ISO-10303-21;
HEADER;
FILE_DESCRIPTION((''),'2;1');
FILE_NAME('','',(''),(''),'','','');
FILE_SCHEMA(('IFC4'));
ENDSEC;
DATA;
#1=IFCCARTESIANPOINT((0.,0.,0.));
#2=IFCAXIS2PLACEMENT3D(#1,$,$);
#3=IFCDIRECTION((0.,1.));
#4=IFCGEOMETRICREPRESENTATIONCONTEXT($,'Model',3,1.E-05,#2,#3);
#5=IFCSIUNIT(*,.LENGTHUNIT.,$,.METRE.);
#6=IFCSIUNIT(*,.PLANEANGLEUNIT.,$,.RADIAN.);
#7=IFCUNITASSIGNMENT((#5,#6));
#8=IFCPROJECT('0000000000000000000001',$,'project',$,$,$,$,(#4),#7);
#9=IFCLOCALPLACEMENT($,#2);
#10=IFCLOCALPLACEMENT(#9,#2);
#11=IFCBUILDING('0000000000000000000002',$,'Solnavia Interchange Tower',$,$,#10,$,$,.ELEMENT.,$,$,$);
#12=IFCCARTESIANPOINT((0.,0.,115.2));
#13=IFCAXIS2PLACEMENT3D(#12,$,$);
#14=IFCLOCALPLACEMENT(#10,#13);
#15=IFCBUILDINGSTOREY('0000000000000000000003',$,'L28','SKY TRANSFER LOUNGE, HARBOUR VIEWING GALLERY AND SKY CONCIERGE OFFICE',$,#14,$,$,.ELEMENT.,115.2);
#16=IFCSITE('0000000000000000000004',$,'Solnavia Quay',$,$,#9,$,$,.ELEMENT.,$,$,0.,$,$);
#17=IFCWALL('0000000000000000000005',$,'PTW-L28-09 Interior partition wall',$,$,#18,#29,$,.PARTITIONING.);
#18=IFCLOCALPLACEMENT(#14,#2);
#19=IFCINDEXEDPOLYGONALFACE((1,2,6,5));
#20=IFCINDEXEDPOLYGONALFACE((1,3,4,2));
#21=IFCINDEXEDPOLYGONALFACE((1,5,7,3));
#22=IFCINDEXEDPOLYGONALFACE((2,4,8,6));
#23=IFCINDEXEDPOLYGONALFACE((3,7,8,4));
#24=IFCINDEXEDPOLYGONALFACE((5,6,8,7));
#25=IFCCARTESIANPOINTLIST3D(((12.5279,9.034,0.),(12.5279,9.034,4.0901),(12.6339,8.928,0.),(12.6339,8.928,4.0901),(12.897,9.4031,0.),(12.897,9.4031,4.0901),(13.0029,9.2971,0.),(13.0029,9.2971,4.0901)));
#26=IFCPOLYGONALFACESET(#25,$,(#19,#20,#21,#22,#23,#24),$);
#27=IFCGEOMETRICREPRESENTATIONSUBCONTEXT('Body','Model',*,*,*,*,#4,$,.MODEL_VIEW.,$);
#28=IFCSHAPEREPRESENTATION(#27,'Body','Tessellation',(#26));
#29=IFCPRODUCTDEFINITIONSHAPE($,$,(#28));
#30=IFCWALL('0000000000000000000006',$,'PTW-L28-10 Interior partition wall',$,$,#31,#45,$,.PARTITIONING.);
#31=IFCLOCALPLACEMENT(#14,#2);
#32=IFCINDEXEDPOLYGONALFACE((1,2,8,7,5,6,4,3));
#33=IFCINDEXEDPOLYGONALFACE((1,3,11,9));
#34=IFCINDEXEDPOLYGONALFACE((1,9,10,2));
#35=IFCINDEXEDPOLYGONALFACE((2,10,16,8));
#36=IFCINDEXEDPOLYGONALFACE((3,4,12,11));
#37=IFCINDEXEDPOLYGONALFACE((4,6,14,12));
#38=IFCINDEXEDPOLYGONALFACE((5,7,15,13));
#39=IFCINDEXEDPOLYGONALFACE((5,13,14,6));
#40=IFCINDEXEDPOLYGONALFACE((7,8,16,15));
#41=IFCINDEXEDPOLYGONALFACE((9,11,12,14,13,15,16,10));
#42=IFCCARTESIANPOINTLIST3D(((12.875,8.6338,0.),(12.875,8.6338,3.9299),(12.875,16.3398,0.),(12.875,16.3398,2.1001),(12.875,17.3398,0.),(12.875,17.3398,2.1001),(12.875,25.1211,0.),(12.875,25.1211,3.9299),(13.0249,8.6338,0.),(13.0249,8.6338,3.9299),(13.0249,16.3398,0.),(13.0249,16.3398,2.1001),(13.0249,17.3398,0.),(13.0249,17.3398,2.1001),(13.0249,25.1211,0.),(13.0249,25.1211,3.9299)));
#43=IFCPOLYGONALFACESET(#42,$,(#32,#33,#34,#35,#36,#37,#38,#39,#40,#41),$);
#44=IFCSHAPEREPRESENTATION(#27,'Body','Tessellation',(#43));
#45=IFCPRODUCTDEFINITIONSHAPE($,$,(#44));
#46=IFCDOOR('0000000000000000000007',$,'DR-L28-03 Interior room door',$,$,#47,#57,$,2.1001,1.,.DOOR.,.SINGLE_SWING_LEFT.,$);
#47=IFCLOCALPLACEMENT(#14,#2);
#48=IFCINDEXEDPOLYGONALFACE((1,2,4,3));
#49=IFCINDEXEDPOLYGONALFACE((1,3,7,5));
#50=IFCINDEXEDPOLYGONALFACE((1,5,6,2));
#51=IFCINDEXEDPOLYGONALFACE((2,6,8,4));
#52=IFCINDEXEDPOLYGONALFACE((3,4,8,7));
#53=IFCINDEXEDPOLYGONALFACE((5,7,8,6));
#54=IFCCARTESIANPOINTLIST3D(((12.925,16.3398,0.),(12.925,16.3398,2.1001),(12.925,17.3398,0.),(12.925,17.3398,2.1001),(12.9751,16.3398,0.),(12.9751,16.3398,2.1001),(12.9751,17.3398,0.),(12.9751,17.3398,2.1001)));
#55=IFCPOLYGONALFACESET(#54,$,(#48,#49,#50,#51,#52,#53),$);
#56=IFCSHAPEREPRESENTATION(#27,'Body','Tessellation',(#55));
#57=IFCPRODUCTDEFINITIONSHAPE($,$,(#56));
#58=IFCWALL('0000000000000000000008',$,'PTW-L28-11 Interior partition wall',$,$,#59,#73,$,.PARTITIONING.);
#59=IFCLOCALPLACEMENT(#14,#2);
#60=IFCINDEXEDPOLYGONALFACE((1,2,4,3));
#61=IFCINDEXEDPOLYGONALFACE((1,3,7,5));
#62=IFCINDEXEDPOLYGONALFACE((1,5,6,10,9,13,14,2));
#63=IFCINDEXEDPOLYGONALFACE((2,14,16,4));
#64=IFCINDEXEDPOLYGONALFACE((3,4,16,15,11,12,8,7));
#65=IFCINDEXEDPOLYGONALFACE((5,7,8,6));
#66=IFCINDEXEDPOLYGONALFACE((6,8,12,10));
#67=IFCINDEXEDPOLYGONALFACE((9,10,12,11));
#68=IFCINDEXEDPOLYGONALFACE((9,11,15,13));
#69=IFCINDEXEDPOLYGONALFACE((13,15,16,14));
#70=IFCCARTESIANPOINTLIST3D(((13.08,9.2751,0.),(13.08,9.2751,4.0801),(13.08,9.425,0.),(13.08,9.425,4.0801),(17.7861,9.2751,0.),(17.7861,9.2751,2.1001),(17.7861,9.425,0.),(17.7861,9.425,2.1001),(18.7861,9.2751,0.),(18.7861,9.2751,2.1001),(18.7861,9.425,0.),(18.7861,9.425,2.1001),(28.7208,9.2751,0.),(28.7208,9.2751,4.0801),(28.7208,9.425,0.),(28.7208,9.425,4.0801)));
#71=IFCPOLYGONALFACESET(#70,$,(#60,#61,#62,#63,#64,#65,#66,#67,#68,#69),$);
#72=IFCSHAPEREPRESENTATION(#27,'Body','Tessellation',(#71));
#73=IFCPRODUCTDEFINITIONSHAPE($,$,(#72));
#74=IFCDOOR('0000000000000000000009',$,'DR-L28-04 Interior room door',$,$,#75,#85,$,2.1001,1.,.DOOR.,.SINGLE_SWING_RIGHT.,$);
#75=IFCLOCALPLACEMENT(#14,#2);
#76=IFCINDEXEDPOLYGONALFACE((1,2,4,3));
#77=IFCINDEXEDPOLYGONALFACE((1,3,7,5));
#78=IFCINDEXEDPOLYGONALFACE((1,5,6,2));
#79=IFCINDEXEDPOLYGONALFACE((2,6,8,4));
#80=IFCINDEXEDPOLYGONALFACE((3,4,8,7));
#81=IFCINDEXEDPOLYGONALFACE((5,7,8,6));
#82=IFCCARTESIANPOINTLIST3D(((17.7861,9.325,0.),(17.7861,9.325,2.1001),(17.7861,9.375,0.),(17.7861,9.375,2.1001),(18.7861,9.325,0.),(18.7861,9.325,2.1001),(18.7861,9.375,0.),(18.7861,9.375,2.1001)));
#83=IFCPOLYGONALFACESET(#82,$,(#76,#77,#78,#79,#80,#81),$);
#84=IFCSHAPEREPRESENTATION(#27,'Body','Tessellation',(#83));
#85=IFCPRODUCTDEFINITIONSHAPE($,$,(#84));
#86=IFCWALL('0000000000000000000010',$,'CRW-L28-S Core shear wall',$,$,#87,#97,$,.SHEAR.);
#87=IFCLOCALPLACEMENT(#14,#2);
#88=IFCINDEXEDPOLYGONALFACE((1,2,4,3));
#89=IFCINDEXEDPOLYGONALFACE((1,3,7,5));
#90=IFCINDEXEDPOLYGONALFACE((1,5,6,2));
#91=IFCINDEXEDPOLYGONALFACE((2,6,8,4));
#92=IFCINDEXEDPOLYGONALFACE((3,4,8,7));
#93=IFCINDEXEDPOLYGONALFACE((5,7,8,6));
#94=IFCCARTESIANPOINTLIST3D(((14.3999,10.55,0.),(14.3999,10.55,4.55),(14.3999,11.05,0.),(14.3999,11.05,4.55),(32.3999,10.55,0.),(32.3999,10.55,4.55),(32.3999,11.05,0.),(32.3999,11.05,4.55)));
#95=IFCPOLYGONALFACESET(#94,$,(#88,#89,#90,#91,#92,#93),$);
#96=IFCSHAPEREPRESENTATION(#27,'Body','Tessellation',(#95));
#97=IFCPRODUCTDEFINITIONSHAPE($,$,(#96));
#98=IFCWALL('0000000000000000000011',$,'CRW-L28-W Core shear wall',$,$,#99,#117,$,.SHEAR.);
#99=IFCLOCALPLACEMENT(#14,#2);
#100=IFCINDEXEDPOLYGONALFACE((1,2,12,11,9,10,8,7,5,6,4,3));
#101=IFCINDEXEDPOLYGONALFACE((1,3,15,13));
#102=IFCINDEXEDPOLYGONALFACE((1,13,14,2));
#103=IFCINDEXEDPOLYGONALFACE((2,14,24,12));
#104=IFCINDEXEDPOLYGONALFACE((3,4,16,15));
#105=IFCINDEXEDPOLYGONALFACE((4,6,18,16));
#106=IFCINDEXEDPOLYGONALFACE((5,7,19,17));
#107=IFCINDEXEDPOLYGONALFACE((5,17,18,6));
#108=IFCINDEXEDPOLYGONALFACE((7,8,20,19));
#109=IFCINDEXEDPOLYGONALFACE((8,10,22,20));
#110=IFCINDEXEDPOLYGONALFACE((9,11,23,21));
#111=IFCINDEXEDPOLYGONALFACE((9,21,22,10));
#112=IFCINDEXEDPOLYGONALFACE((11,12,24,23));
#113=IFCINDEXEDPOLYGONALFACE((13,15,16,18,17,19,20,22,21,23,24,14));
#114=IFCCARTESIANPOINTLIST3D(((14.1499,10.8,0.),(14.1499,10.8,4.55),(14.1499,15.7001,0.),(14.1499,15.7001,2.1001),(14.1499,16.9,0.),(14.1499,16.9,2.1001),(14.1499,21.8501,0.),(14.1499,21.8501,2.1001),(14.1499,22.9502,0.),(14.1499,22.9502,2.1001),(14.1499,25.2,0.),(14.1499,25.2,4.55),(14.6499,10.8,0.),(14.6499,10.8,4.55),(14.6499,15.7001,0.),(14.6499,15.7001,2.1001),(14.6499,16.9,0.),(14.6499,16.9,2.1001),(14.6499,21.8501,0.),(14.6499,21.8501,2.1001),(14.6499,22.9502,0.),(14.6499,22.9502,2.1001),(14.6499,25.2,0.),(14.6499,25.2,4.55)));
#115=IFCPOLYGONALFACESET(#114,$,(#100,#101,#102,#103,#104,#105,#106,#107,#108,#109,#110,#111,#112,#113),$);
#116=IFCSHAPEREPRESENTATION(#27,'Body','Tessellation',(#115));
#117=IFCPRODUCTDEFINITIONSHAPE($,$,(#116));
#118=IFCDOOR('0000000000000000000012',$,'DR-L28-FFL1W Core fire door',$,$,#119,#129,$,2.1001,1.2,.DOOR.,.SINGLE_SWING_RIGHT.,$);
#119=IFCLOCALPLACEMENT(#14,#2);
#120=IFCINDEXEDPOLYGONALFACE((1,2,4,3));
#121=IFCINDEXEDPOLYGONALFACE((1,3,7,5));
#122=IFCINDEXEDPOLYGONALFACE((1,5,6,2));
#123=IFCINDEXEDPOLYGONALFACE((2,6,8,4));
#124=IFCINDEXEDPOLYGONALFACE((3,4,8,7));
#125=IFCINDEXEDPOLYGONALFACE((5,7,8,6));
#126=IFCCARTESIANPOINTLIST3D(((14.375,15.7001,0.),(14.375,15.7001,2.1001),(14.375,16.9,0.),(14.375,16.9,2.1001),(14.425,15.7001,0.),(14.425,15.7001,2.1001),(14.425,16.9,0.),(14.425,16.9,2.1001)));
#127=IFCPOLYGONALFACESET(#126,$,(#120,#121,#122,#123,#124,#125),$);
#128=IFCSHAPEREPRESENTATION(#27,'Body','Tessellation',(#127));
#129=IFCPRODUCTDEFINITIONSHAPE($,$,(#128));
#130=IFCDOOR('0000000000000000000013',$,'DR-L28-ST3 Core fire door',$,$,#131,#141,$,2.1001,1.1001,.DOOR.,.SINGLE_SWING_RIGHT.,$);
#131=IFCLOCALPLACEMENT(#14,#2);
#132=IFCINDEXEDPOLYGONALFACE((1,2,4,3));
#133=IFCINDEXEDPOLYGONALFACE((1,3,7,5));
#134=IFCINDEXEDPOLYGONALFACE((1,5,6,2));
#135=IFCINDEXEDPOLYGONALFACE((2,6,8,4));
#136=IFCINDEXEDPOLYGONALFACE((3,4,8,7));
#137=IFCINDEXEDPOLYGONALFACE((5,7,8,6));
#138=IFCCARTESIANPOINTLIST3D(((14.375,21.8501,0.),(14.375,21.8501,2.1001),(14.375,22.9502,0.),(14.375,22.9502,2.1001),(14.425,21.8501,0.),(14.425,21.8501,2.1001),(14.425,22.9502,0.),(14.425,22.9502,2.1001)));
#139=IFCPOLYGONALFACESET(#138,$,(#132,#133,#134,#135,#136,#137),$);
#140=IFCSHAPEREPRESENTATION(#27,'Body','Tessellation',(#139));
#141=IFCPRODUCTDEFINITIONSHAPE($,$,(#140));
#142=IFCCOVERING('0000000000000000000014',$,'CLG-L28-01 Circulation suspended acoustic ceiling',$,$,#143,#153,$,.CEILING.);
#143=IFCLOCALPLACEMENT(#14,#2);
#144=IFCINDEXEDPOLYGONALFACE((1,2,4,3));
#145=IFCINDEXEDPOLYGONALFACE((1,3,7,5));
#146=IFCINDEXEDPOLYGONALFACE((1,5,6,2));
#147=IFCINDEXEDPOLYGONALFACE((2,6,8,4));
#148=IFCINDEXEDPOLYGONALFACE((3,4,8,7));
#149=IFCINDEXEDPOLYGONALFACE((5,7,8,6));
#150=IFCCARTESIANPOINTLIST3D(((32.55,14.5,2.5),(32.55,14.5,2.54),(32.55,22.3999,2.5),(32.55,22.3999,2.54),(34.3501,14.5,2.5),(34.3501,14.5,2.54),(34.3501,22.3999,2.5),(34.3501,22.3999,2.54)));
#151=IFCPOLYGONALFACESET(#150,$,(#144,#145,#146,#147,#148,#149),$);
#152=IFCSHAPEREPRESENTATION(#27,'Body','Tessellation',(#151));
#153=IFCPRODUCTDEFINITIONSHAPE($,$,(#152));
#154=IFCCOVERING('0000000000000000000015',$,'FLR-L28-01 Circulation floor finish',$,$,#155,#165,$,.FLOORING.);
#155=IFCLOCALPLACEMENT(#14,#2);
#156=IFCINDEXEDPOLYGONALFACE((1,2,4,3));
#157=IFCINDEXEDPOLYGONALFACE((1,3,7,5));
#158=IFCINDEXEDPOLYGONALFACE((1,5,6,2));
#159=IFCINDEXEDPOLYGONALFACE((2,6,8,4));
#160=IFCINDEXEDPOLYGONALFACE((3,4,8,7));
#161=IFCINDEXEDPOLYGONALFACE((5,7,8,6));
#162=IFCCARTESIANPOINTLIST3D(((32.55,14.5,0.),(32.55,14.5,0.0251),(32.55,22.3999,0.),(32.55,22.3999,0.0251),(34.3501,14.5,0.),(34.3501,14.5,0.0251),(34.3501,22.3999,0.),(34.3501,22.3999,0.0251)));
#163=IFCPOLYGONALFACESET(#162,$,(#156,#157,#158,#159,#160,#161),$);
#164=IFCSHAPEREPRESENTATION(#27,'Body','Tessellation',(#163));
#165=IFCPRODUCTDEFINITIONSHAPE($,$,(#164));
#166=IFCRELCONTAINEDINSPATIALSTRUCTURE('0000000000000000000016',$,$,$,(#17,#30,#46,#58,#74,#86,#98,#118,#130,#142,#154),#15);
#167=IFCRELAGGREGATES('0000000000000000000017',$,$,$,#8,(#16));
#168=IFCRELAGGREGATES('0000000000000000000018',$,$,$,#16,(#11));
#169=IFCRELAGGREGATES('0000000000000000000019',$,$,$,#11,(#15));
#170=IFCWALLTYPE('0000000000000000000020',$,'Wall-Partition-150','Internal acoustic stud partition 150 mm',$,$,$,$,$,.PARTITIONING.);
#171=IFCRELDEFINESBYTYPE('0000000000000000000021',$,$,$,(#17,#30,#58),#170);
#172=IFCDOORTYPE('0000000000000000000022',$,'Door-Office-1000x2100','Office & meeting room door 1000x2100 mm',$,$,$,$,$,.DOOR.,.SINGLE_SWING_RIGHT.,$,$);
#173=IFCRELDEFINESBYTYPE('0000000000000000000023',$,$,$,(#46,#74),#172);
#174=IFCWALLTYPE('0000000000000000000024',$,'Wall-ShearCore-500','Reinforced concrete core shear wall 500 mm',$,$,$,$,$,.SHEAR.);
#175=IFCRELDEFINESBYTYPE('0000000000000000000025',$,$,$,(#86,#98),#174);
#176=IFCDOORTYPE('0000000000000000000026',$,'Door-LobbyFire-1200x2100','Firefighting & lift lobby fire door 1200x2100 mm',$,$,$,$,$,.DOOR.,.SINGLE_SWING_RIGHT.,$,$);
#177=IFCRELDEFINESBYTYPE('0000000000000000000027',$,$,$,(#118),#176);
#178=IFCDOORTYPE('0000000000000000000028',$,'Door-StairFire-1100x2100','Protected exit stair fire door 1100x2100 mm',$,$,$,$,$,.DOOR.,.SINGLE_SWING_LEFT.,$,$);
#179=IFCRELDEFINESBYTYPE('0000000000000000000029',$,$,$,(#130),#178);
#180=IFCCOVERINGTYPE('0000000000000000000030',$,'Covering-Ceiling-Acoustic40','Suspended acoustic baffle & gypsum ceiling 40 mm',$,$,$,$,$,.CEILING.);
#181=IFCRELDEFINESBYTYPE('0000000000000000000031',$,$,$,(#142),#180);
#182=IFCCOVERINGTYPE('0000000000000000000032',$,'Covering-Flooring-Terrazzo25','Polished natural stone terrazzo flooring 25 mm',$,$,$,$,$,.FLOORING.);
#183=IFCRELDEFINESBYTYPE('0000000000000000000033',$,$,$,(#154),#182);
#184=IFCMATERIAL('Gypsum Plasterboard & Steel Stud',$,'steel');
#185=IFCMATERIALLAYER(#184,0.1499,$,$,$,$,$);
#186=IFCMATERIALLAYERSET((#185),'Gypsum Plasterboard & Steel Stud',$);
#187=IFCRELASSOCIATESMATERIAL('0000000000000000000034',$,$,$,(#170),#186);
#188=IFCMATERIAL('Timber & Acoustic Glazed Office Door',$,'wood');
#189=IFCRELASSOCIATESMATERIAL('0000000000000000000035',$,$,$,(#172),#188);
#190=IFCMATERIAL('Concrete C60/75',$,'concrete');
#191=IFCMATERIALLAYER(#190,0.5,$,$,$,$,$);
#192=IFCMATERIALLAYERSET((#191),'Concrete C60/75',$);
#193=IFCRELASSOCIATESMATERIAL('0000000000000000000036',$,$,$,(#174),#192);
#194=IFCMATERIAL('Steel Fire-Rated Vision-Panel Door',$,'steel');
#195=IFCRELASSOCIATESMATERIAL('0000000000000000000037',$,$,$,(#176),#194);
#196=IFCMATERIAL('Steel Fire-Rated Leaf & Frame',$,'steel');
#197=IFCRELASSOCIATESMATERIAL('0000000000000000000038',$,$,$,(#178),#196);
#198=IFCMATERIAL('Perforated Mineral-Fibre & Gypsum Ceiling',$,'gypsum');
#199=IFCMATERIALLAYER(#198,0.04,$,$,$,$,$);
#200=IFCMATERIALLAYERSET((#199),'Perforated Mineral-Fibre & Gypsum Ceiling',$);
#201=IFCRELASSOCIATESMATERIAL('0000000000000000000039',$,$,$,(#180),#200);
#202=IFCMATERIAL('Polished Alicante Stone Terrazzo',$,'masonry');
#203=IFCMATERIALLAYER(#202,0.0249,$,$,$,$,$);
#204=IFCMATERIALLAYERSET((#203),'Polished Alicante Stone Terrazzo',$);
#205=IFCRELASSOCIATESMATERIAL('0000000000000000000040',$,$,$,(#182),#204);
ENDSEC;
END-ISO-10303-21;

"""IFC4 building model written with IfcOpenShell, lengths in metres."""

from ifc_helpers import new_model, si_unit, direction, frame, frame_2d, origin, place, context, subcontext, project, spatial, polyline, rectangle, outline, extrude, material, layer, layer_set, type_object, element, fill, save


model = new_model("IFC4")

# Units and contexts
model_context = context("Model", 3, precision=1e-05, world=origin(), true_north=direction((0.0, 1.0)))
body_context = subcontext(model_context, "Body", "Model", "MODEL_VIEW")
ifc_project = project(units=[si_unit("LENGTHUNIT", "METRE"), si_unit("PLANEANGLEUNIT", "RADIAN")], contexts=[model_context])

# Site, building, storey
site_placement = place(None, origin())
site = spatial("IfcSite", under=ifc_project, at=site_placement, Name="Solnavia Quay", CompositionType="ELEMENT", RefElevation=0.0)
building_placement = place(site_placement, origin())
building = spatial("IfcBuilding", under=site, at=building_placement, Name="Solnavia Interchange Tower", CompositionType="ELEMENT")
storey_placement = place(building_placement, frame((0.0, 0.0, 115.2)))
storey = spatial("IfcBuildingStorey", under=building, at=storey_placement, Name="L28", Description="SKY TRANSFER LOUNGE, HARBOUR VIEWING GALLERY AND SKY CONCIERGE OFFICE", CompositionType="ELEMENT", Elevation=115.2)

# Shared definitions
ifc_material_1 = material(Name="Concrete C60/75", Category="concrete")

# Wall
ifc_material_2 = material(Name="Gypsum Plasterboard & Steel Stud", Category="steel")
ifc_layer_1 = layer(ifc_material_2, 0.1499)
ifc_layer_set_1 = layer_set([ifc_layer_1], Name="Gypsum Plasterboard & Steel Stud")
wall_type_1 = type_object("IfcWallType", Name="Wall-Partition-150", Description="Internal acoustic stud partition 150 mm", PredefinedType="PARTITIONING", material=ifc_layer_set_1)
wall_1_placement = place(storey_placement, frame((12.95, 9.3501, 0.0), z_axis=(0.0, 0.0, 1.0), x_axis=(-0.707107, -0.707107, 0.0)))
element("IfcWall", 1, at=wall_1_placement, inside=storey, type_object=wall_type_1, Name="PTW-L28-09 Interior partition wall", PredefinedType="PARTITIONING", context=body_context, shape_type="SweptSolid", body=[
    extrude(rectangle(XDim=0.522, YDim=0.1499, at=frame_2d((0.261, 0.0))), origin(), (0.0, 0.0, 1.0), 4.0901),
])

# Walls, openings, doors
wall_2_placement = place(storey_placement, frame((12.95, 8.6338, 0.0), z_axis=(0.0, 0.0, 1.0), x_axis=(0.0, 1.0, 0.0)))
wall_2 = element("IfcWall", 2, at=wall_2_placement, inside=storey, type_object=wall_type_1, Name="PTW-L28-10 Interior partition wall", PredefinedType="PARTITIONING", context=body_context, shape_type="SweptSolid", body=[
    extrude(rectangle(XDim=16.4873, YDim=0.1499, at=frame_2d((8.2437, 0.0))), origin(), (0.0, 0.0, 1.0), 3.9299),
])
opening_1_placement = place(wall_2_placement, frame((7.7061, 0.0, 0.0)))
opening_1 = element("IfcOpeningElement", 3, at=opening_1_placement, cuts=wall_2, PredefinedType="OPENING", context=body_context, shape_type="SweptSolid", body=[
    extrude(rectangle(XDim=1.0, YDim=2.1001, at=frame_2d((0.5, 1.05))), frame((0.0, 0.085, 0.0), z_axis=(0.0, -1.0, 0.0), x_axis=(1.0, 0.0, 0.0)), (0.0, 0.0, 1.0), 0.1699),
])
ifc_material_3 = material(Name="Timber & Acoustic Glazed Office Door", Category="wood")
door_type_1 = type_object("IfcDoorType", Name="Door-Office-1000x2100", Description="Office & meeting room door 1000x2100 mm", OperationType="SINGLE_SWING_RIGHT", PredefinedType="DOOR", material=ifc_material_3)
door_1_placement = place(opening_1_placement, origin())
door_1 = element("IfcDoor", 4, at=door_1_placement, inside=storey, type_object=door_type_1, Name="DR-L28-03 Interior room door", OperationType="SINGLE_SWING_LEFT", OverallHeight=2.1001, OverallWidth=1.0, PredefinedType="DOOR", context=body_context, shape_type="SweptSolid", body=[
    extrude(rectangle(XDim=1.0, YDim=2.1001, at=frame_2d((0.5, 1.05))), frame((0.0, 0.0249, 0.0), z_axis=(0.0, -1.0, 0.0), x_axis=(1.0, 0.0, 0.0)), (0.0, 0.0, 1.0), 0.05),
])
fill(opening_1, door_1)
wall_3_placement = place(storey_placement, frame((13.0801, 9.3501, 0.0), z_axis=(0.0, 0.0, 1.0), x_axis=(1.0, 0.0, 0.0)))
wall_3 = element("IfcWall", 5, at=wall_3_placement, inside=storey, type_object=wall_type_1, Name="PTW-L28-11 Interior partition wall", PredefinedType="PARTITIONING", context=body_context, shape_type="SweptSolid", body=[
    extrude(rectangle(XDim=15.6409, YDim=0.1499, at=frame_2d((7.8203, 0.0))), origin(), (0.0, 0.0, 1.0), 4.0801),
])
opening_2_placement = place(wall_3_placement, frame((4.7061, 0.0, 0.0)))
opening_2 = element("IfcOpeningElement", 6, at=opening_2_placement, cuts=wall_3, PredefinedType="OPENING", context=body_context, shape_type="SweptSolid", body=[
    extrude(rectangle(XDim=1.0, YDim=2.1001, at=frame_2d((0.5, 1.05))), frame((0.0, 0.085, 0.0), z_axis=(0.0, -1.0, 0.0), x_axis=(1.0, 0.0, 0.0)), (0.0, 0.0, 1.0), 0.1699),
])
door_2_placement = place(opening_2_placement, origin())
door_2 = element("IfcDoor", 7, at=door_2_placement, inside=storey, type_object=door_type_1, Name="DR-L28-04 Interior room door", OperationType="SINGLE_SWING_RIGHT", OverallHeight=2.1001, OverallWidth=1.0, PredefinedType="DOOR", context=body_context, shape_type="SweptSolid", body=[
    extrude(rectangle(XDim=1.0, YDim=2.1001, at=frame_2d((0.5, 1.05))), frame((0.0, 0.0249, 0.0), z_axis=(0.0, -1.0, 0.0), x_axis=(1.0, 0.0, 0.0)), (0.0, 0.0, 1.0), 0.05),
])
fill(opening_2, door_2)

# Wall
ifc_layer_2 = layer(ifc_material_1, 0.5)
ifc_layer_set_2 = layer_set([ifc_layer_2], Name="Concrete C60/75")
wall_type_2 = type_object("IfcWallType", Name="Wall-ShearCore-500", Description="Reinforced concrete core shear wall 500 mm", PredefinedType="SHEAR", material=ifc_layer_set_2)
wall_4_placement = place(storey_placement, frame((14.3999, 10.8, 0.0), z_axis=(0.0, 0.0, 1.0), x_axis=(1.0, 0.0, 0.0)))
element("IfcWall", 8, at=wall_4_placement, inside=storey, type_object=wall_type_2, Name="CRW-L28-S Core shear wall", PredefinedType="SHEAR", context=body_context, shape_type="SweptSolid", body=[
    extrude(rectangle(XDim=18.0, YDim=0.5, at=frame_2d((9.0, 0.0))), origin(), (0.0, 0.0, 1.0), 4.55),
])

# Wall, openings, doors
wall_5_placement = place(storey_placement, frame((14.3999, 10.8, 0.0), z_axis=(0.0, 0.0, 1.0), x_axis=(0.0, 1.0, 0.0)))
wall_5 = element("IfcWall", 9, at=wall_5_placement, inside=storey, type_object=wall_type_2, Name="CRW-L28-W Core shear wall", PredefinedType="SHEAR", context=body_context, shape_type="SweptSolid", body=[
    extrude(rectangle(XDim=14.3999, YDim=0.5, at=frame_2d((7.2, 0.0))), origin(), (0.0, 0.0, 1.0), 4.55),
])
opening_3_placement = place(wall_5_placement, frame((11.05, 0.0, 0.0)))
opening_3 = element("IfcOpeningElement", 10, at=opening_3_placement, cuts=wall_5, PredefinedType="OPENING", context=body_context, shape_type="SweptSolid", body=[
    extrude(rectangle(XDim=1.1001, YDim=2.1001, at=frame_2d((0.55, 1.05))), frame((0.0, 0.26, 0.0), z_axis=(0.0, -1.0, 0.0), x_axis=(1.0, 0.0, 0.0)), (0.0, 0.0, 1.0), 0.52),
])
opening_4_placement = place(wall_5_placement, frame((4.8999, 0.0, 0.0)))
opening_4 = element("IfcOpeningElement", 11, at=opening_4_placement, cuts=wall_5, PredefinedType="OPENING", context=body_context, shape_type="SweptSolid", body=[
    extrude(rectangle(XDim=1.2, YDim=2.1001, at=frame_2d((0.6001, 1.05))), frame((0.0, 0.26, 0.0), z_axis=(0.0, -1.0, 0.0), x_axis=(1.0, 0.0, 0.0)), (0.0, 0.0, 1.0), 0.52),
])
ifc_material_4 = material(Name="Steel Fire-Rated Vision-Panel Door", Category="steel")
door_type_2 = type_object("IfcDoorType", Name="Door-LobbyFire-1200x2100", Description="Firefighting & lift lobby fire door 1200x2100 mm", OperationType="SINGLE_SWING_RIGHT", PredefinedType="DOOR", material=ifc_material_4)
door_3_placement = place(opening_4_placement, origin())
door_3 = element("IfcDoor", 12, at=door_3_placement, inside=storey, type_object=door_type_2, Name="DR-L28-FFL1W Core fire door", OperationType="SINGLE_SWING_RIGHT", OverallHeight=2.1001, OverallWidth=1.2, PredefinedType="DOOR", context=body_context, shape_type="SweptSolid", body=[
    extrude(rectangle(XDim=1.2, YDim=2.1001, at=frame_2d((0.6001, 1.05))), frame((0.0, 0.0249, 0.0), z_axis=(0.0, -1.0, 0.0), x_axis=(1.0, 0.0, 0.0)), (0.0, 0.0, 1.0), 0.05),
])
fill(opening_4, door_3)
ifc_material_5 = material(Name="Steel Fire-Rated Leaf & Frame", Category="steel")
door_type_3 = type_object("IfcDoorType", Name="Door-StairFire-1100x2100", Description="Protected exit stair fire door 1100x2100 mm", OperationType="SINGLE_SWING_LEFT", PredefinedType="DOOR", material=ifc_material_5)
door_4_placement = place(opening_3_placement, origin())
door_4 = element("IfcDoor", 13, at=door_4_placement, inside=storey, type_object=door_type_3, Name="DR-L28-ST3 Core fire door", OperationType="SINGLE_SWING_RIGHT", OverallHeight=2.1001, OverallWidth=1.1001, PredefinedType="DOOR", context=body_context, shape_type="SweptSolid", body=[
    extrude(rectangle(XDim=1.1001, YDim=2.1001, at=frame_2d((0.55, 1.05))), frame((0.0, 0.0249, 0.0), z_axis=(0.0, -1.0, 0.0), x_axis=(1.0, 0.0, 0.0)), (0.0, 0.0, 1.0), 0.05),
])
fill(opening_3, door_4)

# Coverings
ifc_material_6 = material(Name="Perforated Mineral-Fibre & Gypsum Ceiling", Category="gypsum")
ifc_layer_3 = layer(ifc_material_6, 0.04)
ifc_layer_set_3 = layer_set([ifc_layer_3], Name="Perforated Mineral-Fibre & Gypsum Ceiling")
covering_type_1 = type_object("IfcCoveringType", Name="Covering-Ceiling-Acoustic40", Description="Suspended acoustic baffle & gypsum ceiling 40 mm", PredefinedType="CEILING", material=ifc_layer_set_3)
covering_1_placement = place(storey_placement, frame((0.0, 0.0, 2.5)))
element("IfcCovering", 14, at=covering_1_placement, inside=storey, type_object=covering_type_1, Name="CLG-L28-01 Circulation suspended acoustic ceiling", PredefinedType="CEILING", context=body_context, shape_type="SweptSolid", body=[
    extrude(outline(polyline([(32.55, 14.5), (34.3501, 14.5), (34.3501, 22.3999), (32.55, 22.3999), (32.55, 14.5)])), origin(), (0.0, 0.0, 1.0), 0.04),
])
ifc_material_7 = material(Name="Polished Alicante Stone Terrazzo", Category="masonry")
ifc_layer_4 = layer(ifc_material_7, 0.0249)
ifc_layer_set_4 = layer_set([ifc_layer_4], Name="Polished Alicante Stone Terrazzo")
covering_type_2 = type_object("IfcCoveringType", Name="Covering-Flooring-Terrazzo25", Description="Polished natural stone terrazzo flooring 25 mm", PredefinedType="FLOORING", material=ifc_layer_set_4)
covering_2_placement = place(storey_placement, origin())
element("IfcCovering", 15, at=covering_2_placement, inside=storey, type_object=covering_type_2, Name="FLR-L28-01 Circulation floor finish", PredefinedType="FLOORING", context=body_context, shape_type="SweptSolid", body=[
    extrude(outline(polyline([(32.55, 14.5), (34.3501, 14.5), (34.3501, 22.3999), (32.55, 22.3999), (32.55, 14.5)])), origin(), (0.0, 0.0, 1.0), 0.0251),
])

save(model, "model.ifc")
